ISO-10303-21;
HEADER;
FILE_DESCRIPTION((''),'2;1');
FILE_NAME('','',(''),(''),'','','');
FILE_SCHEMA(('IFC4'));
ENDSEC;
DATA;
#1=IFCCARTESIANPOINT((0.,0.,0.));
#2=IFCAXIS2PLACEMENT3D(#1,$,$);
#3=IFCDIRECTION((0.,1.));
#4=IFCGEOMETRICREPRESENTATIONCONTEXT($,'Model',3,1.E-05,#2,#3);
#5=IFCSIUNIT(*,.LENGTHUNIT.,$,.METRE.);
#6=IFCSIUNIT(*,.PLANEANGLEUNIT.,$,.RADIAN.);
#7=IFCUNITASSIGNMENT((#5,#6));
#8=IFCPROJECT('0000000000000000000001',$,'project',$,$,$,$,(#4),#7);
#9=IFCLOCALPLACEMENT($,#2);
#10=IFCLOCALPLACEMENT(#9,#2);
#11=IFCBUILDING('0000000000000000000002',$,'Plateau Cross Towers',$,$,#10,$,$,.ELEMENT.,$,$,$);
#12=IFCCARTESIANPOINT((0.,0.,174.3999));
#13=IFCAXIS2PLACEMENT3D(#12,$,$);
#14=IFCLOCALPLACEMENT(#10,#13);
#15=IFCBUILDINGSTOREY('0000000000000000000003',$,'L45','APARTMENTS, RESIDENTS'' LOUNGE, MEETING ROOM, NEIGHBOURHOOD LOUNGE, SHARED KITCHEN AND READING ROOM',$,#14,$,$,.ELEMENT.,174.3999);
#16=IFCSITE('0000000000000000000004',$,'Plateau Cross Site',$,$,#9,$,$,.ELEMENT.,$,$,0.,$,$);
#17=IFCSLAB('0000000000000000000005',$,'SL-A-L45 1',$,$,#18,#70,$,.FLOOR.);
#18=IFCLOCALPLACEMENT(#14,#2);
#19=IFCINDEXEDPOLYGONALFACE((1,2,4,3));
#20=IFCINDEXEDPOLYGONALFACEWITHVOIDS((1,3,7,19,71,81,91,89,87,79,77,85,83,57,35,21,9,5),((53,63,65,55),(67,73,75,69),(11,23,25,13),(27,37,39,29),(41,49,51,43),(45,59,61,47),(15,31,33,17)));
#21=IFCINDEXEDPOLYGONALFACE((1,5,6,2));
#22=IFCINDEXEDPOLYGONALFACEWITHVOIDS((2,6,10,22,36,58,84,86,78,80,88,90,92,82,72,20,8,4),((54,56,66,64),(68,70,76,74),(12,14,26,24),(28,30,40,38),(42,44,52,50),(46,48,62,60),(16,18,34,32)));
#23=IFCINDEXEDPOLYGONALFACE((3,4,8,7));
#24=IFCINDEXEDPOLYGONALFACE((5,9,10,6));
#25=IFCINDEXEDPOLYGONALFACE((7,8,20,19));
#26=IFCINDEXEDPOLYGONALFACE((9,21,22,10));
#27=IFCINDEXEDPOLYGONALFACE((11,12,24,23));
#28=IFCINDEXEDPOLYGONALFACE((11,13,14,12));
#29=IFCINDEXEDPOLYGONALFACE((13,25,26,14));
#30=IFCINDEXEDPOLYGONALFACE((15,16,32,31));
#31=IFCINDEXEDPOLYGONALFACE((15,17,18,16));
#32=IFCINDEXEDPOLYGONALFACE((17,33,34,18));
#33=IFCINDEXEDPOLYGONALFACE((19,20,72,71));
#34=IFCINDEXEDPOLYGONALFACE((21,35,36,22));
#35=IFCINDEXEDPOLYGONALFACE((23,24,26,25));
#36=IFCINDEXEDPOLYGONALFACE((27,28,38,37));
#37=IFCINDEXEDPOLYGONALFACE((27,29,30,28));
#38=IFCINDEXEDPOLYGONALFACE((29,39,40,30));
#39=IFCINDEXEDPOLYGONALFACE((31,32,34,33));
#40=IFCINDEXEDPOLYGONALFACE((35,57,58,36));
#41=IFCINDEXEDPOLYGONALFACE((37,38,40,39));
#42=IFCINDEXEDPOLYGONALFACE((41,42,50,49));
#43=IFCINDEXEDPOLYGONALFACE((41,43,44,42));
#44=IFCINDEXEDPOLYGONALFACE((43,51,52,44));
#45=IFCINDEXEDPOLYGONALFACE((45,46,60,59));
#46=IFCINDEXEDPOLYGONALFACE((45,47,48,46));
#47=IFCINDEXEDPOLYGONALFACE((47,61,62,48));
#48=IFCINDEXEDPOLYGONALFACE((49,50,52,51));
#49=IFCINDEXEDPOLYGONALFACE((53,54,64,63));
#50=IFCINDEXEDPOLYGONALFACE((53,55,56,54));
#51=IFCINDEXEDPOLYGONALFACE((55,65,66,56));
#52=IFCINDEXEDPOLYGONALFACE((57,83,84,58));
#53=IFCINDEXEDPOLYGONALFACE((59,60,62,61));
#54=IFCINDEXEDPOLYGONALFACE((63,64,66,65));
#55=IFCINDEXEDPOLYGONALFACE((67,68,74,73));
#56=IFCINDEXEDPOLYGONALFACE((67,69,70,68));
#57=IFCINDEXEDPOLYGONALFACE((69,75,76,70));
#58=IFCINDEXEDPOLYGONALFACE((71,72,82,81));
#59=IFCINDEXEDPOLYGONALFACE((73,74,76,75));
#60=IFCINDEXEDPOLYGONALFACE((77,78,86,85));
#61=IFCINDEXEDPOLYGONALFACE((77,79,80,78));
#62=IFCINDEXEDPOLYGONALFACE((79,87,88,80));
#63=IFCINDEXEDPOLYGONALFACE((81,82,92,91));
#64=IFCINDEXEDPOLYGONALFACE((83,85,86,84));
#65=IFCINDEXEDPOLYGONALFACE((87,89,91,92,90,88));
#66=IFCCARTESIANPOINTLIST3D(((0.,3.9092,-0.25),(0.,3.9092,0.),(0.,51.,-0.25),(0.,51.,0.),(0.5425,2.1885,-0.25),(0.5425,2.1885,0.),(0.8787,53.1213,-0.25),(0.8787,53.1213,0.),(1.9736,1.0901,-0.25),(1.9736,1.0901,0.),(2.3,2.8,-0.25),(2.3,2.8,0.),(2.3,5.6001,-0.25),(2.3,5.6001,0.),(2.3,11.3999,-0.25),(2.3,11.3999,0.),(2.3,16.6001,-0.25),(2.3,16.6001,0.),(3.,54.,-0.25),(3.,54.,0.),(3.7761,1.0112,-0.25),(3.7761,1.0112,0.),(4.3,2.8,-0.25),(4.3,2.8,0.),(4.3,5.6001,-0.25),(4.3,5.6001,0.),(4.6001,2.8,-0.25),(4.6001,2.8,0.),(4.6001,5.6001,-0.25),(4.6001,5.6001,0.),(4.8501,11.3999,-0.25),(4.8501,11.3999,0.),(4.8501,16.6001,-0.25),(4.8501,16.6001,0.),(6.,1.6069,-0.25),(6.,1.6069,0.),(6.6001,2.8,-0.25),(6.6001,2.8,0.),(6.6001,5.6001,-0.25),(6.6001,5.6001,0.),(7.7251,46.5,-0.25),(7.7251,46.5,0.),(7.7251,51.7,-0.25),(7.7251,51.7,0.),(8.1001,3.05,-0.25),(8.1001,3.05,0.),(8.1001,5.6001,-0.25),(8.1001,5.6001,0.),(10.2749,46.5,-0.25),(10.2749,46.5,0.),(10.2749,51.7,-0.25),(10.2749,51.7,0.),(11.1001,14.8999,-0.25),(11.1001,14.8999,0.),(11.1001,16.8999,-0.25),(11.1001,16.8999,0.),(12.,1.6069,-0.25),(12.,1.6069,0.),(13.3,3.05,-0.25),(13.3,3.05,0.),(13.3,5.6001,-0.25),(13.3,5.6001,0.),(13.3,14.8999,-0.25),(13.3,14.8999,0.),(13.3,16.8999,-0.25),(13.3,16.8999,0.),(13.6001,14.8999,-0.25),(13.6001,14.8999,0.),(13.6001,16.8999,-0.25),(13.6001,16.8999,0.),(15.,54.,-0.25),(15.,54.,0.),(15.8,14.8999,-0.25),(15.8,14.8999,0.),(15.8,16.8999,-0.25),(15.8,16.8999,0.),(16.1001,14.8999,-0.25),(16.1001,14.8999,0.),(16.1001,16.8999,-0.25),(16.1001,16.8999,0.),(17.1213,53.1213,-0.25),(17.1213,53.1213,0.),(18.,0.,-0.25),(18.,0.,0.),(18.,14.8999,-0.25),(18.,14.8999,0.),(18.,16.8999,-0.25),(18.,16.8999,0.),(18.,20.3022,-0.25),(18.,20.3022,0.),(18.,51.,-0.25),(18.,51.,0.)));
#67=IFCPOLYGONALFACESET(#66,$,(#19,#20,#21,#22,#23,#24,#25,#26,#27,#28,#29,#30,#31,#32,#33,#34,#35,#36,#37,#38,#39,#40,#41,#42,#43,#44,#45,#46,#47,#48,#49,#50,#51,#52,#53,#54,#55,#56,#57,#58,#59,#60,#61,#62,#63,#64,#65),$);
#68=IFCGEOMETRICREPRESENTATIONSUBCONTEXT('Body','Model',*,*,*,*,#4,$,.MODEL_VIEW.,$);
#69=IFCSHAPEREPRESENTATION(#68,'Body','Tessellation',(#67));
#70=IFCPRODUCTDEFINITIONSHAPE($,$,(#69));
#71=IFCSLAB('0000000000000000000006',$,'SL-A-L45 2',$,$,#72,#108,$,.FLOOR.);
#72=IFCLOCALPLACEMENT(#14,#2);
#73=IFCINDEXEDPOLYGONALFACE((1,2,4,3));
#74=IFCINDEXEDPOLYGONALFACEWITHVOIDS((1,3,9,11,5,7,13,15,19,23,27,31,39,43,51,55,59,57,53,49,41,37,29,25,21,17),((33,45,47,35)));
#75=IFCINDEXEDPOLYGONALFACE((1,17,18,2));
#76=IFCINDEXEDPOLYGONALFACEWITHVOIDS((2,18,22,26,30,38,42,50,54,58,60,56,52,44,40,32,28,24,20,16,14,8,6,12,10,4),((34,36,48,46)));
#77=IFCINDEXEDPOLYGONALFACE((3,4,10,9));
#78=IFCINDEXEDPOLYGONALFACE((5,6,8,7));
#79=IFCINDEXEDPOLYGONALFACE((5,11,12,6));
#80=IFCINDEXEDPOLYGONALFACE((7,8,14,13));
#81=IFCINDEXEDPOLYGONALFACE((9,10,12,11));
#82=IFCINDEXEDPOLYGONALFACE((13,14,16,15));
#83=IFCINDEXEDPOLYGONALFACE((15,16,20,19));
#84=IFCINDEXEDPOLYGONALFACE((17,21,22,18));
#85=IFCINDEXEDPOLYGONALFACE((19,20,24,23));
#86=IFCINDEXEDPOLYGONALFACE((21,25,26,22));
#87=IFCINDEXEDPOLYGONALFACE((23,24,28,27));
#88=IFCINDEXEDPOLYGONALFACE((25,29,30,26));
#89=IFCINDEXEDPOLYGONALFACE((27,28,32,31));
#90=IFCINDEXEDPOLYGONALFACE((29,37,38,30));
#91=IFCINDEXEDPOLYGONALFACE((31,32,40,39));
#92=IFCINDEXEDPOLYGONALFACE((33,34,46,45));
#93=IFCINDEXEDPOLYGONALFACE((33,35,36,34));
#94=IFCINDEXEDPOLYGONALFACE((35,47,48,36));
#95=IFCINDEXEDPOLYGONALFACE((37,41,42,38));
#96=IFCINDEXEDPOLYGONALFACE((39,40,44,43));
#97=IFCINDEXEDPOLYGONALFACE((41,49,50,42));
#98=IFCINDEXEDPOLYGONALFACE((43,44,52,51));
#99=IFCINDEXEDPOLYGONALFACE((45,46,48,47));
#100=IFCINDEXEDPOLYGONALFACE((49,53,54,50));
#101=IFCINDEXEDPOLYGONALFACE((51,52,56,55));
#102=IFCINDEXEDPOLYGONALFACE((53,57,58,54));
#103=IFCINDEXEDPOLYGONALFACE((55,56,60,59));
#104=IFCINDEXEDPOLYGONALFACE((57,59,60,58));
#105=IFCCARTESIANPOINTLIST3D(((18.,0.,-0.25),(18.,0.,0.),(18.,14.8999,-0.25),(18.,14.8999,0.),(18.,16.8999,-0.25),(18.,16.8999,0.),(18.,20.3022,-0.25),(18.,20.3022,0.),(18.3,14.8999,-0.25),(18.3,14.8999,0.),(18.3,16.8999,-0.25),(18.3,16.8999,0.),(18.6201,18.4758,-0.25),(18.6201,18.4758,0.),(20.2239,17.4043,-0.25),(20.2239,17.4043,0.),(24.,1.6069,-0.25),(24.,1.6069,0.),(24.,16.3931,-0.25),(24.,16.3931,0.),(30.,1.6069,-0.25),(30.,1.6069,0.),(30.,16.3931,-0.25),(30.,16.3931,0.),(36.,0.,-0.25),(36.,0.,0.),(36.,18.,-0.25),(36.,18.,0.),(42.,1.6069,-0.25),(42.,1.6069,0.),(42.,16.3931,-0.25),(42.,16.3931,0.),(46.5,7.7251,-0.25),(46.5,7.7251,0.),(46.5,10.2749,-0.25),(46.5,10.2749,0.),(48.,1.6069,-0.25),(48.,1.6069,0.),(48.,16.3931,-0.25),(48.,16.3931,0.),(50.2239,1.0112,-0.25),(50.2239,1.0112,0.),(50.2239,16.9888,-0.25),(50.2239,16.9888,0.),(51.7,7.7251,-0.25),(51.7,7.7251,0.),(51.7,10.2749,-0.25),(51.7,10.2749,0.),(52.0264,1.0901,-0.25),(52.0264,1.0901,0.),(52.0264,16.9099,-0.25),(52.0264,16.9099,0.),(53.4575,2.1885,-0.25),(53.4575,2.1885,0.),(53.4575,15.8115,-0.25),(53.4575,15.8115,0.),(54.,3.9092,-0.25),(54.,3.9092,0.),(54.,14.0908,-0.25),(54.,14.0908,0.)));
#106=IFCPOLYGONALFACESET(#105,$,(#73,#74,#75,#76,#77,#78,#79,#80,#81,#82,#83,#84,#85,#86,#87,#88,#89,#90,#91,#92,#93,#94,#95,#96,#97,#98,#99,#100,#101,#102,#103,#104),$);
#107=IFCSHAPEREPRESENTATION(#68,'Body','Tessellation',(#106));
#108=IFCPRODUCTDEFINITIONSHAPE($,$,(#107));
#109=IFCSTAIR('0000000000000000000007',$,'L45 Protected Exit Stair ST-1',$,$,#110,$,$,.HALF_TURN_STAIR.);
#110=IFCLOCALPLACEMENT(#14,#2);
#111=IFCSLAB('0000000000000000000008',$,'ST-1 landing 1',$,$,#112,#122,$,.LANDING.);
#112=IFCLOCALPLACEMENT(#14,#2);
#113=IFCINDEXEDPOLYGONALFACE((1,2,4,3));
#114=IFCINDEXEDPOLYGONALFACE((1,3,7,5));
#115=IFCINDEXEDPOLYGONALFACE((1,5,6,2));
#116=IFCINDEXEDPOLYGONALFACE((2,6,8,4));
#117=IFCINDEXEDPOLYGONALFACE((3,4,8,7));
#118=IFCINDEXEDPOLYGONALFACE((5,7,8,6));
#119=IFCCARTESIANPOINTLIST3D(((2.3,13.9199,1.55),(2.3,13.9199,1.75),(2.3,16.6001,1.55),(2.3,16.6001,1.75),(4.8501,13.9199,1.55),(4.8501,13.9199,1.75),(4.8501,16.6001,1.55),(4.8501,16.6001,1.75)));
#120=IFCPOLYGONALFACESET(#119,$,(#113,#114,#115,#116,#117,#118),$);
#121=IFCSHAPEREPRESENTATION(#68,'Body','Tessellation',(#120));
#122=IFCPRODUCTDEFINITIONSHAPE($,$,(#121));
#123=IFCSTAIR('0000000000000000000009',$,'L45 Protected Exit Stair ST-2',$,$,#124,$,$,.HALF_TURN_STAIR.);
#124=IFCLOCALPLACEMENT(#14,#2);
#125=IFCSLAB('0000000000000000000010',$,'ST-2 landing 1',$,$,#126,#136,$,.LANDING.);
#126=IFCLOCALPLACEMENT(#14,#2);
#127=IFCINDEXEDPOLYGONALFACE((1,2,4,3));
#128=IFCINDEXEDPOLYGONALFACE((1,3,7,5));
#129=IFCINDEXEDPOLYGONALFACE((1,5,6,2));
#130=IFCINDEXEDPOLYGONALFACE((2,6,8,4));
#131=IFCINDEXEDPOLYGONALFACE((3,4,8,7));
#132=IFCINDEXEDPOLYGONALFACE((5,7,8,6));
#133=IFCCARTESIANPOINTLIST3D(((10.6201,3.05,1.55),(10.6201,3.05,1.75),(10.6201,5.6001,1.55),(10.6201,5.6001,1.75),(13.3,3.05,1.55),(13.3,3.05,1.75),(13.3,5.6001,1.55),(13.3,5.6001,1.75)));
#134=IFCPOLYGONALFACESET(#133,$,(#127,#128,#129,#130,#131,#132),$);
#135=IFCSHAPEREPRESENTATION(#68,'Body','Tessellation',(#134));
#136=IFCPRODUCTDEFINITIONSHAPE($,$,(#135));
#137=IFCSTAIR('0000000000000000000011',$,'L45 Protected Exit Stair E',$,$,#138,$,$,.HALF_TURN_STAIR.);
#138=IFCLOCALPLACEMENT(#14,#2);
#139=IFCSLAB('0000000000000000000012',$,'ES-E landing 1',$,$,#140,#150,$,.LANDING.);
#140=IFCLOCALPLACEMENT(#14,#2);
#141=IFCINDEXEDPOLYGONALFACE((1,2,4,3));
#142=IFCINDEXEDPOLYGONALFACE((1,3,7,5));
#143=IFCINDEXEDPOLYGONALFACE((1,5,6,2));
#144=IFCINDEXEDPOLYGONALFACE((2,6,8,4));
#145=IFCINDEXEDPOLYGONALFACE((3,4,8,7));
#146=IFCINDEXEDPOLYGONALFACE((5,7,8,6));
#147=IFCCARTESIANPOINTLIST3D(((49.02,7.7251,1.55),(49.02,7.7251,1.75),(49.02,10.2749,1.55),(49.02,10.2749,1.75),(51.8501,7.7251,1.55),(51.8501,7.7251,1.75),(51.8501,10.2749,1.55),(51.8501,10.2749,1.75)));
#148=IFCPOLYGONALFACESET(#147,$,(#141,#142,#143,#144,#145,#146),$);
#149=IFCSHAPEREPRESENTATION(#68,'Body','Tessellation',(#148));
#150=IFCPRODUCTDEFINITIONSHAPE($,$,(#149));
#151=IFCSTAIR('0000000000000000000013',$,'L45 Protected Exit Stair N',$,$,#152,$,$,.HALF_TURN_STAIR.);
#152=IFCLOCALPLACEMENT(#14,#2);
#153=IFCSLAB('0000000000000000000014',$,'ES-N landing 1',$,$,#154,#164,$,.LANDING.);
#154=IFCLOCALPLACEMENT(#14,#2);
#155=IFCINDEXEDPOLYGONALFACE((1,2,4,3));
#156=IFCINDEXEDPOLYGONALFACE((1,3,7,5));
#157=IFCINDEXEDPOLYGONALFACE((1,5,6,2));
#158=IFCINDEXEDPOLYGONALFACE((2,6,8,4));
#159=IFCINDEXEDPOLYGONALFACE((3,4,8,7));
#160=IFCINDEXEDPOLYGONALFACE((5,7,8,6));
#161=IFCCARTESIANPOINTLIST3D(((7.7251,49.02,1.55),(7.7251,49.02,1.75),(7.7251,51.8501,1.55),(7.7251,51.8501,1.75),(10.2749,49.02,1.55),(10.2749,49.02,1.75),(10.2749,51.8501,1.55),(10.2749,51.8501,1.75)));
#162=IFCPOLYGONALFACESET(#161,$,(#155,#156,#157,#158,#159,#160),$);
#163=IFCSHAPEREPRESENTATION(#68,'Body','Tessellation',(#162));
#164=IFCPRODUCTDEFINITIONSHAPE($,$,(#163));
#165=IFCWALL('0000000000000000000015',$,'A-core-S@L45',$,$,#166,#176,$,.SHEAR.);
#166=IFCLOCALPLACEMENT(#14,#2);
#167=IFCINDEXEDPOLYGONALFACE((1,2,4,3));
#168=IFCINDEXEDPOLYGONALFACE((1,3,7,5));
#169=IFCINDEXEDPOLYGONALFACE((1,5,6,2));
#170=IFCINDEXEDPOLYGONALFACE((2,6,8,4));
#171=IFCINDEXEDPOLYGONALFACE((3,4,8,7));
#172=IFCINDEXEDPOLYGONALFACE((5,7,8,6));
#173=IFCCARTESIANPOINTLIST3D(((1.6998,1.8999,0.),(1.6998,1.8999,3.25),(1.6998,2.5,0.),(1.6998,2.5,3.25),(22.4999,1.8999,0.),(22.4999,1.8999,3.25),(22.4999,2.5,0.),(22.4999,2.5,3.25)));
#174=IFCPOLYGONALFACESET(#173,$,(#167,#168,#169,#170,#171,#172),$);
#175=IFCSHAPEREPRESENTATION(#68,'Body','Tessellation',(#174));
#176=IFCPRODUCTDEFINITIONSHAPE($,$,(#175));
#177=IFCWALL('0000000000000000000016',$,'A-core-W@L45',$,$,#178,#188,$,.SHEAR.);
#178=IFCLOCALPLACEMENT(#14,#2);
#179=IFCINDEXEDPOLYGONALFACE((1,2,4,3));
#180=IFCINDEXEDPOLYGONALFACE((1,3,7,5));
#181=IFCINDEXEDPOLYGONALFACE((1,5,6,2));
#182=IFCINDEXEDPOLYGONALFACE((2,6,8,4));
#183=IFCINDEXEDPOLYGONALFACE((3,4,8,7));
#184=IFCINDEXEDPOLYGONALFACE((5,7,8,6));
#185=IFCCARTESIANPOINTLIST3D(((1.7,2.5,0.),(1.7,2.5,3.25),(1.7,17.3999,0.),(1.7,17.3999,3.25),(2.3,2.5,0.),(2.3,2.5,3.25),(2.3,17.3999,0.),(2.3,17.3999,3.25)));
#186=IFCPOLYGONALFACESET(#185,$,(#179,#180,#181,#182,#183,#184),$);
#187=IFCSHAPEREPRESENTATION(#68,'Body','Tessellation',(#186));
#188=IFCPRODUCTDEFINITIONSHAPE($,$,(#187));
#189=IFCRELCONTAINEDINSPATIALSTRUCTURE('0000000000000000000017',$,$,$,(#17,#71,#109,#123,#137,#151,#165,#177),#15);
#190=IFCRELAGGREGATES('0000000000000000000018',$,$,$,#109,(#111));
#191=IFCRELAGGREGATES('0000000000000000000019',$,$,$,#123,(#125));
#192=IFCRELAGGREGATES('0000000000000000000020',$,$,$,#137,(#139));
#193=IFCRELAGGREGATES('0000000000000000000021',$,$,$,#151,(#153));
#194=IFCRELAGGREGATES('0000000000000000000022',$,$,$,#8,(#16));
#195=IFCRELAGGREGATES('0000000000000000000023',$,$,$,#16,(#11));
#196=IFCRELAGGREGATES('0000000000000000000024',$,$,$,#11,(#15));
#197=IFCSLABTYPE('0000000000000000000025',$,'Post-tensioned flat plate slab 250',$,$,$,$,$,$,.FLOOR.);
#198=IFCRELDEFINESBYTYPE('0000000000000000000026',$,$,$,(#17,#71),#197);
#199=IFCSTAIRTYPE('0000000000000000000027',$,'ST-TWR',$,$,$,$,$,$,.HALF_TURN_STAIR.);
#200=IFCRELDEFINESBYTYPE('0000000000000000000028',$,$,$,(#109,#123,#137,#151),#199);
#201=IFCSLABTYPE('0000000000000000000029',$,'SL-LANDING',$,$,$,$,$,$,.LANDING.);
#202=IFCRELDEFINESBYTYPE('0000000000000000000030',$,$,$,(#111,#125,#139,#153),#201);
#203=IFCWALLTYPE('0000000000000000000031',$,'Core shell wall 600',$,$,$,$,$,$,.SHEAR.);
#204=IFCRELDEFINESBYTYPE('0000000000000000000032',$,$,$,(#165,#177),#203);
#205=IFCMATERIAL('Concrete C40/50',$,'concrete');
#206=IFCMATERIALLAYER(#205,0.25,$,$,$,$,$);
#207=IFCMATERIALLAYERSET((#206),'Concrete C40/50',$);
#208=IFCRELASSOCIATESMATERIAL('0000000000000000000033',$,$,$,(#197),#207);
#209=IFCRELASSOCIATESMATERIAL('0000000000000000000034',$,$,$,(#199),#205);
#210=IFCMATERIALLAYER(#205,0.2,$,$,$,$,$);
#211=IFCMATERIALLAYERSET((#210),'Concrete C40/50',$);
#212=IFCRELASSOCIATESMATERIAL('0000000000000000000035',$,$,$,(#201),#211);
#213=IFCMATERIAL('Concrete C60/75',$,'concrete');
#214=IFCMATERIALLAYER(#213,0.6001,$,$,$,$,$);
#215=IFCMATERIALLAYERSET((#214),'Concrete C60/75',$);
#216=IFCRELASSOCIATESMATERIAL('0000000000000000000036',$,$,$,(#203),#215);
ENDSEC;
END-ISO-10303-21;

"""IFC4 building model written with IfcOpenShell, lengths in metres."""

from ifc_helpers import new_model, si_unit, direction, frame, frame_2d, origin, place, context, subcontext, project, spatial, polyline, rectangle, outline, extrude, material, layer, layer_set, type_object, element, aggregate, save


model = new_model("IFC4")

# Units and contexts
model_context = context("Model", 3, precision=1e-05, world=origin(), true_north=direction((0.0, 1.0)))
body_context = subcontext(model_context, "Body", "Model", "MODEL_VIEW")
ifc_project = project(units=[si_unit("LENGTHUNIT", "METRE"), si_unit("PLANEANGLEUNIT", "RADIAN")], contexts=[model_context])

# Site, building, storey
site_placement = place(None, origin())
site = spatial("IfcSite", under=ifc_project, at=site_placement, Name="Plateau Cross Site", CompositionType="ELEMENT", RefElevation=0.0)
building_placement = place(site_placement, origin())
building = spatial("IfcBuilding", under=site, at=building_placement, Name="Plateau Cross Towers", CompositionType="ELEMENT")
storey_placement = place(building_placement, frame((0.0, 0.0, 174.3999)))
storey = spatial("IfcBuildingStorey", under=building, at=storey_placement, Name="L45", Description="APARTMENTS, RESIDENTS' LOUNGE, MEETING ROOM, NEIGHBOURHOOD LOUNGE, SHARED KITCHEN AND READING ROOM", CompositionType="ELEMENT", Elevation=174.3999)

# Shared definitions
ifc_material_1 = material(Name="Concrete C60/75", Category="concrete")

# Shared definitions
ifc_material_2 = material(Name="Concrete C40/50", Category="concrete")

# Slabs
ifc_layer_1 = layer(ifc_material_2, 0.25)
ifc_layer_set_1 = layer_set([ifc_layer_1], Name="Concrete C40/50")
slab_type_1 = type_object("IfcSlabType", Name="Post-tensioned flat plate slab 250", PredefinedType="FLOOR", material=ifc_layer_set_1)
slab_1_placement = place(storey_placement, frame((0.0, 0.0, -0.25)))
element("IfcSlab", 1, at=slab_1_placement, inside=storey, type_object=slab_type_1, Name="SL-A-L45 1", PredefinedType="FLOOR", context=body_context, shape_type="SweptSolid", body=[
    extrude(outline(polyline([(0.5425, 2.1885), (0.0, 3.9092), (0.0, 51.0), (0.8787, 53.1213), (3.0, 54.0), (15.0, 54.0), (17.1213, 53.1213), (18.0, 51.0), (18.0, 20.3022), (18.0, 16.8999), (16.1001, 16.8999), (16.1001, 14.8999), (18.0, 14.8999), (18.0, 0.0), (12.0, 1.6069), (6.0, 1.6069), (3.7761, 1.0112), (1.9736, 1.0901), (0.5425, 2.1885)]), holes=[polyline([(2.3, 5.6001), (2.3, 2.8), (4.3, 2.8), (4.3, 5.6001), (2.3, 5.6001)]), polyline([(4.6001, 5.6001), (4.6001, 2.8), (6.6001, 2.8), (6.6001, 5.6001), (4.6001, 5.6001)]), polyline([(8.1001, 5.6001), (8.1001, 3.05), (13.3, 3.05), (13.3, 5.6001), (8.1001, 5.6001)]), polyline([(2.3, 11.3999), (4.8501, 11.3999), (4.8501, 16.6001), (2.3, 16.6001), (2.3, 11.3999)]), polyline([(11.1001, 16.8999), (11.1001, 14.8999), (13.3, 14.8999), (13.3, 16.8999), (11.1001, 16.8999)]), polyline([(13.6001, 16.8999), (13.6001, 14.8999), (15.8, 14.8999), (15.8, 16.8999), (13.6001, 16.8999)]), polyline([(7.7251, 51.7), (7.7251, 46.5), (10.2749, 46.5), (10.2749, 51.7), (7.7251, 51.7)])]), origin(), (0.0, 0.0, 1.0), 0.25),
])
slab_2_placement = place(storey_placement, frame((0.0, 0.0, -0.25)))
element("IfcSlab", 2, at=slab_2_placement, inside=storey, type_object=slab_type_1, Name="SL-A-L45 2", PredefinedType="FLOOR", context=body_context, shape_type="SweptSolid", body=[
    extrude(outline(polyline([(18.6201, 18.4758), (20.2239, 17.4043), (24.0, 16.3931), (30.0, 16.3931), (36.0, 18.0), (42.0, 16.3931), (48.0, 16.3931), (50.2239, 16.9888), (52.0264, 16.9099), (53.4575, 15.8115), (54.0, 14.0908), (54.0, 3.9092), (53.4575, 2.1885), (52.0264, 1.0901), (50.2239, 1.0112), (48.0, 1.6069), (42.0, 1.6069), (36.0, 0.0), (30.0, 1.6069), (24.0, 1.6069), (18.0, 0.0), (18.0, 14.8999), (18.3, 14.8999), (18.3, 16.8999), (18.0, 16.8999), (18.0, 20.3022), (18.6201, 18.4758)]), holes=[polyline([(46.5, 10.2749), (46.5, 7.7251), (51.7, 7.7251), (51.7, 10.2749), (46.5, 10.2749)])]), origin(), (0.0, 0.0, 1.0), 0.25),
])

# Stairs, slabs
stair_type = type_object("IfcStairType", Name="ST-TWR", PredefinedType="HALF_TURN_STAIR", material=ifc_material_2)
stair_1_placement = place(storey_placement, origin())
stair_1 = element("IfcStair", 3, at=stair_1_placement, inside=storey, type_object=stair_type, Name="L45 Protected Exit Stair ST-1", PredefinedType="HALF_TURN_STAIR")
ifc_layer_2 = layer(ifc_material_2, 0.2)
ifc_layer_set_2 = layer_set([ifc_layer_2], Name="Concrete C40/50")
slab_type_2 = type_object("IfcSlabType", Name="SL-LANDING", PredefinedType="LANDING", material=ifc_layer_set_2)
slab_3_placement = place(storey_placement, frame((0.0, 0.0, 1.55)))
slab_3 = element("IfcSlab", 4, at=slab_3_placement, type_object=slab_type_2, Name="ST-1 landing 1", PredefinedType="LANDING", context=body_context, shape_type="SweptSolid", body=[
    extrude(outline(polyline([(4.8501, 13.9199), (4.8501, 16.6001), (2.3, 16.6001), (2.3, 13.9199), (4.8501, 13.9199)])), origin(), (0.0, 0.0, 1.0), 0.2),
])
aggregate(stair_1, [slab_3])
stair_2_placement = place(storey_placement, origin())
stair_2 = element("IfcStair", 5, at=stair_2_placement, inside=storey, type_object=stair_type, Name="L45 Protected Exit Stair ST-2", PredefinedType="HALF_TURN_STAIR")
slab_4_placement = place(storey_placement, frame((0.0, 0.0, 1.55)))
slab_4 = element("IfcSlab", 6, at=slab_4_placement, type_object=slab_type_2, Name="ST-2 landing 1", PredefinedType="LANDING", context=body_context, shape_type="SweptSolid", body=[
    extrude(outline(polyline([(10.6201, 3.05), (13.3, 3.05), (13.3, 5.6001), (10.6201, 5.6001), (10.6201, 3.05)])), origin(), (0.0, 0.0, 1.0), 0.2),
])
aggregate(stair_2, [slab_4])
stair_3_placement = place(storey_placement, origin())
stair_3 = element("IfcStair", 7, at=stair_3_placement, inside=storey, type_object=stair_type, Name="L45 Protected Exit Stair E", PredefinedType="HALF_TURN_STAIR")
slab_5_placement = place(storey_placement, frame((0.0, 0.0, 1.55)))
slab_5 = element("IfcSlab", 8, at=slab_5_placement, type_object=slab_type_2, Name="ES-E landing 1", PredefinedType="LANDING", context=body_context, shape_type="SweptSolid", body=[
    extrude(outline(polyline([(49.02, 7.7251), (51.8501, 7.7251), (51.8501, 10.2749), (49.02, 10.2749), (49.02, 7.7251)])), origin(), (0.0, 0.0, 1.0), 0.2),
])
aggregate(stair_3, [slab_5])
stair_4_placement = place(storey_placement, origin())
stair_4 = element("IfcStair", 9, at=stair_4_placement, inside=storey, type_object=stair_type, Name="L45 Protected Exit Stair N", PredefinedType="HALF_TURN_STAIR")
slab_6_placement = place(storey_placement, frame((0.0, 0.0, 1.55)))
slab_6 = element("IfcSlab", 10, at=slab_6_placement, type_object=slab_type_2, Name="ES-N landing 1", PredefinedType="LANDING", context=body_context, shape_type="SweptSolid", body=[
    extrude(outline(polyline([(10.2749, 49.02), (10.2749, 51.8501), (7.7251, 51.8501), (7.7251, 49.02), (10.2749, 49.02)])), origin(), (0.0, 0.0, 1.0), 0.2),
])
aggregate(stair_4, [slab_6])

# Walls
ifc_layer_3 = layer(ifc_material_1, 0.6001)
ifc_layer_set_3 = layer_set([ifc_layer_3], Name="Concrete C60/75")
wall_type = type_object("IfcWallType", Name="Core shell wall 600", PredefinedType="SHEAR", material=ifc_layer_set_3)
wall_1_placement = place(storey_placement, frame((1.7, 2.2, 0.0), z_axis=(0.0, 0.0, 1.0), x_axis=(1.0, 0.0, 0.0)))
element("IfcWall", 11, at=wall_1_placement, inside=storey, type_object=wall_type, Name="A-core-S@L45", PredefinedType="SHEAR", context=body_context, shape_type="SweptSolid", body=[
    extrude(rectangle(XDim=20.8, YDim=0.6001, at=frame_2d((10.3999, 0.0))), origin(), (0.0, 0.0, 1.0), 3.25),
])
wall_2_placement = place(storey_placement, frame((2.0, 2.5, 0.0), z_axis=(0.0, 0.0, 1.0), x_axis=(0.0, 1.0, 0.0)))
element("IfcWall", 12, at=wall_2_placement, inside=storey, type_object=wall_type, Name="A-core-W@L45", PredefinedType="SHEAR", context=body_context, shape_type="SweptSolid", body=[
    extrude(rectangle(XDim=14.8999, YDim=0.6001, at=frame_2d((7.45, 0.0))), origin(), (0.0, 0.0, 1.0), 3.25),
])

save(model, "model.ifc")
